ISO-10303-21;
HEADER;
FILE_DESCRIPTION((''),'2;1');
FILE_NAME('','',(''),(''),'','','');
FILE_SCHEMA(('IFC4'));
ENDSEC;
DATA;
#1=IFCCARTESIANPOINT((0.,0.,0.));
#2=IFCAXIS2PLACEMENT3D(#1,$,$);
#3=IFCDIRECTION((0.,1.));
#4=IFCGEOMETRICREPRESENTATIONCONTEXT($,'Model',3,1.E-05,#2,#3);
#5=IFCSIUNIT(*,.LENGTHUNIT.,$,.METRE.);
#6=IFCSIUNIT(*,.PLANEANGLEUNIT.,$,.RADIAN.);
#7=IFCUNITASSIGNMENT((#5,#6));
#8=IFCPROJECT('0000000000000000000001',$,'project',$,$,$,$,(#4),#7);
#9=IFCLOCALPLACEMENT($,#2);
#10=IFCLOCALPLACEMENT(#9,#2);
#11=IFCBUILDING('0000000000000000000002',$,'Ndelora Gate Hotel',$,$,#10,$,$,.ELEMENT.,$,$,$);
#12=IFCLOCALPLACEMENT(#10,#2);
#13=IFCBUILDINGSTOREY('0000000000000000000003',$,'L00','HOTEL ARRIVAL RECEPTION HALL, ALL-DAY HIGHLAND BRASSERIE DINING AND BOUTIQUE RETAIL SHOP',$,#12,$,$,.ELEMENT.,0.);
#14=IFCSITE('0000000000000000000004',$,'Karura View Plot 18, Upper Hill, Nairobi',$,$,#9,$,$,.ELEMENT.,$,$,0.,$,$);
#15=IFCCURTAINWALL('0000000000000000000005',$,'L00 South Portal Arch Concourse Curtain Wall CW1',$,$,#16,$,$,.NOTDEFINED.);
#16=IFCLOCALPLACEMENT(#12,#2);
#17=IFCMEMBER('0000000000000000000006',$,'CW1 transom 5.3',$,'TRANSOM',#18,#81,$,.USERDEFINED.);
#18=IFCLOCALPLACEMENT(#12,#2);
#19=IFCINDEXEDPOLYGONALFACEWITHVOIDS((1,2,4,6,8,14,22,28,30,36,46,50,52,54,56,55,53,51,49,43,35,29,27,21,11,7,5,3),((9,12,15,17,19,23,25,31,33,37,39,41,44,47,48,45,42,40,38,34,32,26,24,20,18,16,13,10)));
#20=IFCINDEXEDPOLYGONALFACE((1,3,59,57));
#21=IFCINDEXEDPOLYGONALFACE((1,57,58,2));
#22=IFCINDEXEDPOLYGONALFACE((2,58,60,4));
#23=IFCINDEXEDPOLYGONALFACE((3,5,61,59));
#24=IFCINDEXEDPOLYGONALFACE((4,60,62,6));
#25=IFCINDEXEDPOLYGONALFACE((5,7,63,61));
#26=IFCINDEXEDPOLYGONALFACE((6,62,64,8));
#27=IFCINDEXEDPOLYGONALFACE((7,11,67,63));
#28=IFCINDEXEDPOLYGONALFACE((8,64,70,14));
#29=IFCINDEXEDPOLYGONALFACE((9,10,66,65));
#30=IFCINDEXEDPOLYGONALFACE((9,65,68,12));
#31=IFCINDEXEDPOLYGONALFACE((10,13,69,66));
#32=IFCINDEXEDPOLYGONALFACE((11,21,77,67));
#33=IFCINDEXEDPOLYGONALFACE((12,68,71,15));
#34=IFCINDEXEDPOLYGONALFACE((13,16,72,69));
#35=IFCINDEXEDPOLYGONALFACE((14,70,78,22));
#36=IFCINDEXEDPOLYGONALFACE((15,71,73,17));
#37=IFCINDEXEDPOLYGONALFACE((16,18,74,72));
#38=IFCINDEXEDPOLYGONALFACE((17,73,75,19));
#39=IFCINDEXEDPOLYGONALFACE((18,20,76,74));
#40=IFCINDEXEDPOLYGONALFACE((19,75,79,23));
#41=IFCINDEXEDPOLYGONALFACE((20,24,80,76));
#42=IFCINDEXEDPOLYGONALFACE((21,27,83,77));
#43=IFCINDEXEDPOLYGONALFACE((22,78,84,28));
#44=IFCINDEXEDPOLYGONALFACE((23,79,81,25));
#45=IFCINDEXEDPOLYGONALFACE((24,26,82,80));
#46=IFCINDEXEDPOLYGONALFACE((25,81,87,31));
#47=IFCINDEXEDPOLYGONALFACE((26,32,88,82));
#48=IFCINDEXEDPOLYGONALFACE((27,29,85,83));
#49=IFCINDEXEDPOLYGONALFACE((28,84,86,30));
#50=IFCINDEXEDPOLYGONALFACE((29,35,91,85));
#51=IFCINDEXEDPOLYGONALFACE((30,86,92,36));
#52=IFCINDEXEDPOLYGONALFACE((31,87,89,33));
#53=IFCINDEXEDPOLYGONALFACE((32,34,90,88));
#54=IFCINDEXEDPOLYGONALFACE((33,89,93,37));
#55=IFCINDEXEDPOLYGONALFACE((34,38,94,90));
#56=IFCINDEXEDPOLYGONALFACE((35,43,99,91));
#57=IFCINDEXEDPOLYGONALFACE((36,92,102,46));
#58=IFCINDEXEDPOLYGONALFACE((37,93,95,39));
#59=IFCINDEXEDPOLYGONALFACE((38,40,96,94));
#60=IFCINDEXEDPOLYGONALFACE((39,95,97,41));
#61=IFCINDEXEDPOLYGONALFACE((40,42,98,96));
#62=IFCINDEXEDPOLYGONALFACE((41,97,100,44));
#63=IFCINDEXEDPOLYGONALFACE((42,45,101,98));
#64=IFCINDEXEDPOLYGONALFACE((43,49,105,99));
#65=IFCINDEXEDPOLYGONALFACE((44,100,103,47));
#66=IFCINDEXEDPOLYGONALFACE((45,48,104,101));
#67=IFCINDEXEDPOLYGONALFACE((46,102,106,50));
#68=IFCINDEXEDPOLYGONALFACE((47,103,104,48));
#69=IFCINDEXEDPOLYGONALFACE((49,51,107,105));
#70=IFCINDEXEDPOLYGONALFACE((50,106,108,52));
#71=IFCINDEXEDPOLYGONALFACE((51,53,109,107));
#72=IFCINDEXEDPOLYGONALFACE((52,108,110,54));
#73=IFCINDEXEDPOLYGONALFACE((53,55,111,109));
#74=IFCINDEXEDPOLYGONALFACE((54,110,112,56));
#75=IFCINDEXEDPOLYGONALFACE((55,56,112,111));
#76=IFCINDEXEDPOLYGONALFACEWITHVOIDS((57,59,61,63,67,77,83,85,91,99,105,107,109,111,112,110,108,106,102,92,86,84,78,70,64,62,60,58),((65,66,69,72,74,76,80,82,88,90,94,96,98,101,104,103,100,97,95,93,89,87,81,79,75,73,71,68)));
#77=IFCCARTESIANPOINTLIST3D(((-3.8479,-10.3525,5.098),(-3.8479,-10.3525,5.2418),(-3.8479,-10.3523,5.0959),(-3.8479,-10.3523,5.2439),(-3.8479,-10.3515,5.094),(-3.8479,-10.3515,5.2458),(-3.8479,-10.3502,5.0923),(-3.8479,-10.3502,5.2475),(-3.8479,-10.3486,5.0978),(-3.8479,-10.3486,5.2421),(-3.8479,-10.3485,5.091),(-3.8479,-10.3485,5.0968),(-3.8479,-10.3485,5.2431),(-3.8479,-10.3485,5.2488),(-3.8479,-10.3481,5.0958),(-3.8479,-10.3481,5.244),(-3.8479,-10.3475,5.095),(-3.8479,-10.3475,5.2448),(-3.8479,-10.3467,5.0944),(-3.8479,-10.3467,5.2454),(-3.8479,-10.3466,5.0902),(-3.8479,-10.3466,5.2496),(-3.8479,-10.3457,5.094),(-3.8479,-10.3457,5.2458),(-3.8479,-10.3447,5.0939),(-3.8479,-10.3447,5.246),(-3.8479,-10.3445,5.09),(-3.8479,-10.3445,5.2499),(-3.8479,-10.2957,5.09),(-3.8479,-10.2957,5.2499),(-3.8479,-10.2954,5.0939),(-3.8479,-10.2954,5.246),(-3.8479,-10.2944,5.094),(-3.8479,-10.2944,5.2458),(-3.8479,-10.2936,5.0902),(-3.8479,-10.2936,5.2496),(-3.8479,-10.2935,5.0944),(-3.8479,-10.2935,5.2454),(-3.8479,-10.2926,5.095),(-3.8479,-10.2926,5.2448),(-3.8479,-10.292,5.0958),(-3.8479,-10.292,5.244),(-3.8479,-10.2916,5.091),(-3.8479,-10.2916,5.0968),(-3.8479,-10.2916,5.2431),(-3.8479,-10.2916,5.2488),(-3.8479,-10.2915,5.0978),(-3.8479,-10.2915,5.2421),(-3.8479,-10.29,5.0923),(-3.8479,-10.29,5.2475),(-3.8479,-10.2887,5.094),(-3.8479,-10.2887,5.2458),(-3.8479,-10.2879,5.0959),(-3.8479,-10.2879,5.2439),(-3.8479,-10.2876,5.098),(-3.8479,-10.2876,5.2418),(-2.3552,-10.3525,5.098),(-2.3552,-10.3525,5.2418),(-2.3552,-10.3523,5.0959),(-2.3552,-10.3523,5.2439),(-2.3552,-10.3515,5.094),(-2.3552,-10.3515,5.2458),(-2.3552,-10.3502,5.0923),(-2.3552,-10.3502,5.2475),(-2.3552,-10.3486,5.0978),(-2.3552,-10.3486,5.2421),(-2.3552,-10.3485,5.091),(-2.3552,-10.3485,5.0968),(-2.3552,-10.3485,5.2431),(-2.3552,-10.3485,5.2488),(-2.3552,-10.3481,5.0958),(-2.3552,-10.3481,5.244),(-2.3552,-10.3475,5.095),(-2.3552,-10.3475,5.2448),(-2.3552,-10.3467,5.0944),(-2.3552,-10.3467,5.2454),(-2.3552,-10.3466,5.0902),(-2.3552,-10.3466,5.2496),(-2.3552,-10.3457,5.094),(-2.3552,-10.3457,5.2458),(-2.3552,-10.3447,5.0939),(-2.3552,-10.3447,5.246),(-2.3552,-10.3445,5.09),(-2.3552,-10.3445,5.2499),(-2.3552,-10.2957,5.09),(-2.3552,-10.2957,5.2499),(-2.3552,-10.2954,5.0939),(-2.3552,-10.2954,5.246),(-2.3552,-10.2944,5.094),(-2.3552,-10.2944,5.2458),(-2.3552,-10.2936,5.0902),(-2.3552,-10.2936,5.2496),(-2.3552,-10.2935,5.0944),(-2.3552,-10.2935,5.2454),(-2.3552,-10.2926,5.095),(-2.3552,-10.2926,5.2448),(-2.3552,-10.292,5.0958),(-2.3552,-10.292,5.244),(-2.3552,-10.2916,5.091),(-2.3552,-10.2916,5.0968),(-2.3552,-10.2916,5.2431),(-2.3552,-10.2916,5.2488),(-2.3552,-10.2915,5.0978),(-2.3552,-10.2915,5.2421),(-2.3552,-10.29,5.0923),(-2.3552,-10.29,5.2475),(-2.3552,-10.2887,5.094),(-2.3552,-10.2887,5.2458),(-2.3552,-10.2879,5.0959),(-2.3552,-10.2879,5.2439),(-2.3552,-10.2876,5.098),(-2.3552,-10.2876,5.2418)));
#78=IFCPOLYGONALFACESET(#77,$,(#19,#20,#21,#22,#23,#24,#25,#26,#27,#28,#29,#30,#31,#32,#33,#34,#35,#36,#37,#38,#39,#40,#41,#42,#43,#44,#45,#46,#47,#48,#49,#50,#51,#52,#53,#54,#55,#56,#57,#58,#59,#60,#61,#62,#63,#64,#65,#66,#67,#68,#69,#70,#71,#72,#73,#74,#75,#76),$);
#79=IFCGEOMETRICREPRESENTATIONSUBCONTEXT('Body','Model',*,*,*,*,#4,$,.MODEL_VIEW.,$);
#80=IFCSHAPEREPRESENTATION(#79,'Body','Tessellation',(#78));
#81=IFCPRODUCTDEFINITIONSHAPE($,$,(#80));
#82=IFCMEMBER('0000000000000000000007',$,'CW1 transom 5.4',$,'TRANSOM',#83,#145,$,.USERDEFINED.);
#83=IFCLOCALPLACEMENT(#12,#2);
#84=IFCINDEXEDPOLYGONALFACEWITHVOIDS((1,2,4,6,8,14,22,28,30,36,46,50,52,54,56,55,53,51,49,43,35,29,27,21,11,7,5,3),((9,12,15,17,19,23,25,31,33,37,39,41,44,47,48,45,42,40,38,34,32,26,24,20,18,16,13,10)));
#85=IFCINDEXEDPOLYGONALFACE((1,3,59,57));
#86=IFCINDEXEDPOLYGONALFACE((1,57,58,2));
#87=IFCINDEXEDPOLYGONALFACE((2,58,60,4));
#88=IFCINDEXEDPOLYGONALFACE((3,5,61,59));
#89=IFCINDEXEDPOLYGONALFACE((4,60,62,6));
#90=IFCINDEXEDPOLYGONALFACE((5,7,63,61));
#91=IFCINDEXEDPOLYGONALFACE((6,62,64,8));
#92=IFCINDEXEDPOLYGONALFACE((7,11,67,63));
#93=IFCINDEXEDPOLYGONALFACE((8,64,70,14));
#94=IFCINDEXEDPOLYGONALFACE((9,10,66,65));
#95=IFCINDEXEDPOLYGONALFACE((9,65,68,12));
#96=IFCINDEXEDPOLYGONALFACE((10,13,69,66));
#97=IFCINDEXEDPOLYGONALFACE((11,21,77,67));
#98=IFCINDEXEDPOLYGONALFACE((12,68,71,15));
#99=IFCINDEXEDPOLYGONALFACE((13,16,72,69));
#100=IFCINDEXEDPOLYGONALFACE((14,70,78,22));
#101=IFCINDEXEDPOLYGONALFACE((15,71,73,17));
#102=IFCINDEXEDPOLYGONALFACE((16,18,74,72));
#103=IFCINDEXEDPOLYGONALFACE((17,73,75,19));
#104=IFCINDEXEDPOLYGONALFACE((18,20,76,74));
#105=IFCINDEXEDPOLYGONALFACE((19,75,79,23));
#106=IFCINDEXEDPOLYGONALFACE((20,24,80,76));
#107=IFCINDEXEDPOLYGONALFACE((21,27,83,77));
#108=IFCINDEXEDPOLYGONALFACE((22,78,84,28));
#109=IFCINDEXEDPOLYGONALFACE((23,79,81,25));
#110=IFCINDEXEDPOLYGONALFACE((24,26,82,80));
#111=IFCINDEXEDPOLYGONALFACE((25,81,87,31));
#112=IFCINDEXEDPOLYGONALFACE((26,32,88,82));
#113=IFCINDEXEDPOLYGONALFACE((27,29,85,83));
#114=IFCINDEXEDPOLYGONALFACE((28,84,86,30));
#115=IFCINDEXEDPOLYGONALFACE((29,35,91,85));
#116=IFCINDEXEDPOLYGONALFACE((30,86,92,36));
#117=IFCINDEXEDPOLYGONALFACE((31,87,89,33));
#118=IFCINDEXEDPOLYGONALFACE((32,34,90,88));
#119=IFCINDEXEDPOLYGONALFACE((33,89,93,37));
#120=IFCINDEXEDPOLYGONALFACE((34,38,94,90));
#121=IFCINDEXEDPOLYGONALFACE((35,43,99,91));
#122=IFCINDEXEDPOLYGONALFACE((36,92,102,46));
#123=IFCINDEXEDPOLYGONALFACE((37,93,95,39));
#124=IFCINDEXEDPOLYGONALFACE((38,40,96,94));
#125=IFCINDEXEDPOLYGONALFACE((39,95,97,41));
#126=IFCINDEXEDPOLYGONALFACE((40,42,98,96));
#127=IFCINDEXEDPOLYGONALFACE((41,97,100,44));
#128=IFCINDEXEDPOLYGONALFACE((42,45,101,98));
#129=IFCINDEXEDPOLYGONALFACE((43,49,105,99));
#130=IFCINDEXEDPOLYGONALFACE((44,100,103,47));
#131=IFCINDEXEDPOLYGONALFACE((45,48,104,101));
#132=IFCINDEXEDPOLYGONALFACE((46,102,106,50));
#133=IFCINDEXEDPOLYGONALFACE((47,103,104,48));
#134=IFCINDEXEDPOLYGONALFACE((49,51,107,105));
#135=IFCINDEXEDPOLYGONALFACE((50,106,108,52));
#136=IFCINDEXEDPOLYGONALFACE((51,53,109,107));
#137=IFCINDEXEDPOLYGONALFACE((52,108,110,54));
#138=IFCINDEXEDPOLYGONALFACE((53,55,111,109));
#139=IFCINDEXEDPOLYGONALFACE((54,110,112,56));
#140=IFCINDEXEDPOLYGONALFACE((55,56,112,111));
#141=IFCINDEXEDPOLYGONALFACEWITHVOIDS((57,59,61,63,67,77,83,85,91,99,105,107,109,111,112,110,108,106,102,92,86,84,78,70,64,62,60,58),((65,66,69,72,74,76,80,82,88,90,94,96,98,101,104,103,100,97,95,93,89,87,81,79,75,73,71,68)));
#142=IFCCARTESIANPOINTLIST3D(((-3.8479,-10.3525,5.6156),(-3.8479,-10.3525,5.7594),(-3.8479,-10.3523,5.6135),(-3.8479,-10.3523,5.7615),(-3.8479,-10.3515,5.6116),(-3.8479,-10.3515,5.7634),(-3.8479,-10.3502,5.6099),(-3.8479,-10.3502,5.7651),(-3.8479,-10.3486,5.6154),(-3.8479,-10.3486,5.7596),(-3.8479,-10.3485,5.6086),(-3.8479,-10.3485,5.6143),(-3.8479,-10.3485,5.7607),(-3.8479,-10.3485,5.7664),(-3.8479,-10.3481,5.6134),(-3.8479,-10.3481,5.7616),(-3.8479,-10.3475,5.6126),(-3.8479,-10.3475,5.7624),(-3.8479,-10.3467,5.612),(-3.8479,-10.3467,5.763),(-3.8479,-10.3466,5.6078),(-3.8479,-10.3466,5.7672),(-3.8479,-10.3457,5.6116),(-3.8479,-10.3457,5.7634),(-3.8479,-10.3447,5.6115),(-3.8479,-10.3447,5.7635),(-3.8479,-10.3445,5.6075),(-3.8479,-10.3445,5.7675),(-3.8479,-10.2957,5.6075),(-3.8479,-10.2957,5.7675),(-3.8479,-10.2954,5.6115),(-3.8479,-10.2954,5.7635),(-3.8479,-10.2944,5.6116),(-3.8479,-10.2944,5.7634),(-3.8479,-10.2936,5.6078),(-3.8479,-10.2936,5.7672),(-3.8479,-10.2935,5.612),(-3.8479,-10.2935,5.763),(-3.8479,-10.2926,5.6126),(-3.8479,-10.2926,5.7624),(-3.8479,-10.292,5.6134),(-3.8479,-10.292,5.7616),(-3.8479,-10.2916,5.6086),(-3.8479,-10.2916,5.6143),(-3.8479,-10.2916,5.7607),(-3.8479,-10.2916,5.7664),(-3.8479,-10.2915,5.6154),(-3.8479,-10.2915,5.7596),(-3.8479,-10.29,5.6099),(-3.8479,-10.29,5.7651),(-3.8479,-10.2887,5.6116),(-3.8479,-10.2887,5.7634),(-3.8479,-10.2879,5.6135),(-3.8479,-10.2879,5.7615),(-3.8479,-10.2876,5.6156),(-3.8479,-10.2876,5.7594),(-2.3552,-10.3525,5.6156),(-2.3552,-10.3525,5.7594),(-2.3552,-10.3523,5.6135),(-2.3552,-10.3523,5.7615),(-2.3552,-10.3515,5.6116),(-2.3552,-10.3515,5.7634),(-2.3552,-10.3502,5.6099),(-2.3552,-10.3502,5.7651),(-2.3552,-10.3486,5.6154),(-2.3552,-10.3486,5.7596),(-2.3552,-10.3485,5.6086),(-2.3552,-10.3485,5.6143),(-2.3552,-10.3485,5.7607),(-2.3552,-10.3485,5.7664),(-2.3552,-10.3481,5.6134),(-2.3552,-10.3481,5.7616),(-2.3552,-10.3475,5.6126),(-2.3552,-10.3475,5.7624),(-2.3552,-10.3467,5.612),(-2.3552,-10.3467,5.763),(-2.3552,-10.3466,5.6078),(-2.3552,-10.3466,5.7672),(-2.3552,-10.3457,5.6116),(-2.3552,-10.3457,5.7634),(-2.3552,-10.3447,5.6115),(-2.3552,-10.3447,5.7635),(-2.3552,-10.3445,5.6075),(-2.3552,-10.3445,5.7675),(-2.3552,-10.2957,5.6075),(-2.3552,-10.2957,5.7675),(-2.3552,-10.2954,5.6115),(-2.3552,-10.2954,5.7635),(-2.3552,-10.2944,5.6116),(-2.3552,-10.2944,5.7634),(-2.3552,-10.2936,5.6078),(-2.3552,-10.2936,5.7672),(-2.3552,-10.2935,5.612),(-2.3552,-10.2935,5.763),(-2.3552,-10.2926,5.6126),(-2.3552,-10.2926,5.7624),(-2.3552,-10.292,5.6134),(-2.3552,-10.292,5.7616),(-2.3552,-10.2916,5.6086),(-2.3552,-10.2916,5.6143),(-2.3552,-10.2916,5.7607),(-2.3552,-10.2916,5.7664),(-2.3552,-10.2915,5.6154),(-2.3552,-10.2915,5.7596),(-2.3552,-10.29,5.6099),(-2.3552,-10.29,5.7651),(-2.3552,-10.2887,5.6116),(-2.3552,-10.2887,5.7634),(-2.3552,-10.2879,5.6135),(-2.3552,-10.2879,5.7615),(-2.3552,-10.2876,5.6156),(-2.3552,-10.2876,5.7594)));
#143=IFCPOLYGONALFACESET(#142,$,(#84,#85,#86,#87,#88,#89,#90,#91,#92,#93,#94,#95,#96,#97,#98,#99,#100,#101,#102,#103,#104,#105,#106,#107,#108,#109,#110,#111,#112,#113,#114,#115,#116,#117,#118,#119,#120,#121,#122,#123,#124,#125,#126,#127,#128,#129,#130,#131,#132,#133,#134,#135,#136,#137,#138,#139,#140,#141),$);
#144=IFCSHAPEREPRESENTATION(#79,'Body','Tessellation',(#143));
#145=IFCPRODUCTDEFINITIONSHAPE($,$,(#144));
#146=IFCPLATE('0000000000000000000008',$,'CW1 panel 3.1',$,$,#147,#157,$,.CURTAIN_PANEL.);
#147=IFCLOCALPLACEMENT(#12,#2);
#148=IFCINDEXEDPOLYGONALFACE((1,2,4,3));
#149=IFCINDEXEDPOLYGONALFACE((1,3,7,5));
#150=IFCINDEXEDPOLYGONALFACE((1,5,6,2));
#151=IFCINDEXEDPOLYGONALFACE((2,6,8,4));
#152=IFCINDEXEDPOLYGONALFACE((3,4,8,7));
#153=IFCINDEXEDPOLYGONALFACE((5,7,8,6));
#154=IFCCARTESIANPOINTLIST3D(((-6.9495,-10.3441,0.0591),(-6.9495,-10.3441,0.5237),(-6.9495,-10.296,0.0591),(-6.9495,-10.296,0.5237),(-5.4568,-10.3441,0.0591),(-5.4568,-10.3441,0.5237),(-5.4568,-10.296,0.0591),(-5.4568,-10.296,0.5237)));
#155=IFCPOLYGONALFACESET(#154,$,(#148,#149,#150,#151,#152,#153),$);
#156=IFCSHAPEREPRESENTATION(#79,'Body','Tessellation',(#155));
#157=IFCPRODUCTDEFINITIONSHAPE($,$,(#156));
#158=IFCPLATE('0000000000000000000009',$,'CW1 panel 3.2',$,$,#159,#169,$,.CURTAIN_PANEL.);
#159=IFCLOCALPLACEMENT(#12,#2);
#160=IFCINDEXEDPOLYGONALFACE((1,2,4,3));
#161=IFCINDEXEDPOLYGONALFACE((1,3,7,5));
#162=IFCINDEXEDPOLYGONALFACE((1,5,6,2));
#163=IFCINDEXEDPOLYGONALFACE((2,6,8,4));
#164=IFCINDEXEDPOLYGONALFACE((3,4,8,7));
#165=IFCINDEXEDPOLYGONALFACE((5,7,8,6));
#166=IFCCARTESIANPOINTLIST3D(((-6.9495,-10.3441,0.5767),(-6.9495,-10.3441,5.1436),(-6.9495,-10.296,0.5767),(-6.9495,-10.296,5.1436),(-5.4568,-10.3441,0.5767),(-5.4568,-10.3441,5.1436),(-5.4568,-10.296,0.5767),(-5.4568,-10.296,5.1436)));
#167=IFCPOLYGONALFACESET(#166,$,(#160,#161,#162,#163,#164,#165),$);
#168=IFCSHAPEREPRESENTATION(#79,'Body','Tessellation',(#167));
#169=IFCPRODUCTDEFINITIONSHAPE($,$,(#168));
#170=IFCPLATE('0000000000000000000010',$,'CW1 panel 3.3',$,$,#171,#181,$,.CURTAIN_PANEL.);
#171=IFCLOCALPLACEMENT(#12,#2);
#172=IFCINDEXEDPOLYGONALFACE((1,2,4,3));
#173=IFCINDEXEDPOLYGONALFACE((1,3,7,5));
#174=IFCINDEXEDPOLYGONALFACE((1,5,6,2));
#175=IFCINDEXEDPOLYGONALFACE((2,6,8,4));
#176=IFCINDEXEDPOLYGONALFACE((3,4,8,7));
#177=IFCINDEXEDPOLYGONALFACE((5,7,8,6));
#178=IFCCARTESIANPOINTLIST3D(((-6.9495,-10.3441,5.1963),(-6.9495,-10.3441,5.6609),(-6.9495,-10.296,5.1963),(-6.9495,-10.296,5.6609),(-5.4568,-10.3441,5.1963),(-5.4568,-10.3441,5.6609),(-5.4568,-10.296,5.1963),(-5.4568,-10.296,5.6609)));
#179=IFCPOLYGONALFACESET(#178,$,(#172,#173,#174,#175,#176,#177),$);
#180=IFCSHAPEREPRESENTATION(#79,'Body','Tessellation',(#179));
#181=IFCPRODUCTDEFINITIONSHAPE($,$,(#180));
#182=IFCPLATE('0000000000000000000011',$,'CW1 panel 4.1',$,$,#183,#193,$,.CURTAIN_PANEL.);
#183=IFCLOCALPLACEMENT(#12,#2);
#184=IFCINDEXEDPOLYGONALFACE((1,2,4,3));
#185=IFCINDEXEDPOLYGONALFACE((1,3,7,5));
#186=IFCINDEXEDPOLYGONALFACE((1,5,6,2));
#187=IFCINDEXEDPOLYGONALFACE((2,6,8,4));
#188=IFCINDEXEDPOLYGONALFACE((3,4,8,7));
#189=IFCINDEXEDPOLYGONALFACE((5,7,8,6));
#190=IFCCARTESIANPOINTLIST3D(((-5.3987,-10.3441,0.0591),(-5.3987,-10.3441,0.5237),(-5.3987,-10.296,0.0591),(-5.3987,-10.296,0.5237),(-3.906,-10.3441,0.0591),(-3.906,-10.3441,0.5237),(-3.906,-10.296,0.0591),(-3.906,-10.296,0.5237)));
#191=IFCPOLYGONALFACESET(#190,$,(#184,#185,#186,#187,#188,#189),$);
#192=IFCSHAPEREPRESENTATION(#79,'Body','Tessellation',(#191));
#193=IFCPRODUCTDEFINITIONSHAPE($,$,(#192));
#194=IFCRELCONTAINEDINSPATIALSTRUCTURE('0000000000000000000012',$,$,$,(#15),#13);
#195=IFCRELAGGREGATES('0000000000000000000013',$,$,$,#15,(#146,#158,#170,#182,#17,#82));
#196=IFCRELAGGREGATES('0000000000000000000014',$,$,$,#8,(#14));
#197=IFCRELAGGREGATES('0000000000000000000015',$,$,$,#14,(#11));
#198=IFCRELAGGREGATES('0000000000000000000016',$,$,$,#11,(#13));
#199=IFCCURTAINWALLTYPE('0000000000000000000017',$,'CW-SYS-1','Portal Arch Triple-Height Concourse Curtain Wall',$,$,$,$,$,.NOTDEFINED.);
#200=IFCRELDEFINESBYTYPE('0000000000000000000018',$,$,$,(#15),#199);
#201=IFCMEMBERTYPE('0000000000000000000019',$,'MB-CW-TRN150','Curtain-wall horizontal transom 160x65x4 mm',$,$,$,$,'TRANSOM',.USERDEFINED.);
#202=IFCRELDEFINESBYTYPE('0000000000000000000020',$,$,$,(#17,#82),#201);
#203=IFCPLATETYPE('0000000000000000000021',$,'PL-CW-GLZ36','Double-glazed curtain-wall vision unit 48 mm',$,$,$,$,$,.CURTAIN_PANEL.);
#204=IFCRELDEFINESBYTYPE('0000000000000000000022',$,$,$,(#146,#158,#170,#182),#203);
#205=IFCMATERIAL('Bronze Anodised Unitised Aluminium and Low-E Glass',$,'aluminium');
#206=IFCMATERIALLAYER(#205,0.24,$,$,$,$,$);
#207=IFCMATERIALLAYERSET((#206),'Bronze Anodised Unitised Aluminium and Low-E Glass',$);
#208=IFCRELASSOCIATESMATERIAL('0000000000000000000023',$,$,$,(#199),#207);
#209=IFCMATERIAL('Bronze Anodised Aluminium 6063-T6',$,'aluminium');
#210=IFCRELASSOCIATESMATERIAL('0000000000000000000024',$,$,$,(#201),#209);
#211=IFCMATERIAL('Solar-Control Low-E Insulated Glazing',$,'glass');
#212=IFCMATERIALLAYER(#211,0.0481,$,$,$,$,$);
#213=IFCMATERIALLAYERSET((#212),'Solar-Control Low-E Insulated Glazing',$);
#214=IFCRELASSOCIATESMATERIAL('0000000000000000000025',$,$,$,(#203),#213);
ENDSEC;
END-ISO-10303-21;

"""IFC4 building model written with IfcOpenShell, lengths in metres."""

from ifc_helpers import new_model, si_unit, direction, frame, origin, origin_2d, place, context, subcontext, project, spatial, rectangle, hollow_rectangle, extrude, material, layer, layer_set, material_profile, profile_set, type_object, element, aggregate, save


model = new_model("IFC4")

# Units and contexts
model_context = context("Model", 3, precision=1e-05, world=origin(), true_north=direction((0.0, 1.0)))
body_context = subcontext(model_context, "Body", "Model", "MODEL_VIEW")
ifc_project = project(units=[si_unit("LENGTHUNIT", "METRE"), si_unit("PLANEANGLEUNIT", "RADIAN")], contexts=[model_context])

# Site, building, storey
site_placement = place(None, origin())
site = spatial("IfcSite", under=ifc_project, at=site_placement, Name="Karura View Plot 18, Upper Hill, Nairobi", CompositionType="ELEMENT", RefElevation=0.0)
building_placement = place(site_placement, origin())
building = spatial("IfcBuilding", under=site, at=building_placement, Name="Ndelora Gate Hotel", CompositionType="ELEMENT")
storey_placement = place(building_placement, origin())
storey = spatial("IfcBuildingStorey", under=building, at=storey_placement, Name="L00", Description="HOTEL ARRIVAL RECEPTION HALL, ALL-DAY HIGHLAND BRASSERIE DINING AND BOUTIQUE RETAIL SHOP", CompositionType="ELEMENT", Elevation=0.0)

# Curtain wall, members, plates
ifc_material_1 = material(Name="Bronze Anodised Unitised Aluminium and Low-E Glass", Category="aluminium")
ifc_layer_1 = layer(ifc_material_1, 0.24)
ifc_layer_set_1 = layer_set([ifc_layer_1], Name="Bronze Anodised Unitised Aluminium and Low-E Glass")
curtain_wall_type = type_object("IfcCurtainWallType", Name="CW-SYS-1", Description="Portal Arch Triple-Height Concourse Curtain Wall", PredefinedType="NOTDEFINED", material=ifc_layer_set_1)
curtain_wall_placement = place(storey_placement, origin())
curtain_wall = element("IfcCurtainWall", 1, at=curtain_wall_placement, inside=storey, type_object=curtain_wall_type, Name="L00 South Portal Arch Concourse Curtain Wall CW1", PredefinedType="NOTDEFINED")
ifc_material_2 = material(Name="Bronze Anodised Aluminium 6063-T6", Category="aluminium")
ifc_material_profile_1 = material_profile(ifc_material_2, hollow_rectangle(XDim=0.0649, YDim=0.1599, WallThickness=0.0039, InnerFilletRadius=0.0039, OuterFilletRadius=0.0081, at=origin_2d()), Name="ALU 160x65x4")
ifc_profile_set_1 = profile_set([ifc_material_profile_1], Name="Bronze Anodised Aluminium 6063-T6")
member_type_1 = type_object("IfcMemberType", Name="MB-CW-TRN150", Description="Curtain-wall horizontal transom 160x65x4 mm", ElementType="TRANSOM", PredefinedType="USERDEFINED", material=ifc_profile_set_1)
member_1_placement = place(storey_placement, frame((-3.8479, -10.3201, 5.1699), z_axis=(1.0, 0.0, 0.0), x_axis=(0.0, 1.0, 0.0)))
member_1 = element("IfcMember", 2, at=member_1_placement, type_object=member_type_1, Name="CW1 transom 5.3", ObjectType="TRANSOM", PredefinedType="USERDEFINED", context=body_context, shape_type="SweptSolid", body=[
    extrude(hollow_rectangle(XDim=0.0649, YDim=0.1599, WallThickness=0.0039, InnerFilletRadius=0.0039, OuterFilletRadius=0.0081, at=origin_2d()), origin(), (0.0, 0.0, 1.0), 1.4927),
])
member_2_placement = place(storey_placement, frame((-3.8479, -10.3201, 5.6875), z_axis=(1.0, 0.0, 0.0), x_axis=(0.0, 1.0, 0.0)))
member_2 = element("IfcMember", 3, at=member_2_placement, type_object=member_type_1, Name="CW1 transom 5.4", ObjectType="TRANSOM", PredefinedType="USERDEFINED", context=body_context, shape_type="SweptSolid", body=[
    extrude(hollow_rectangle(XDim=0.0649, YDim=0.1599, WallThickness=0.0039, InnerFilletRadius=0.0039, OuterFilletRadius=0.0081, at=origin_2d()), origin(), (0.0, 0.0, 1.0), 1.4927),
])
ifc_material_3 = material(Name="Solar-Control Low-E Insulated Glazing", Category="glass")
ifc_layer_2 = layer(ifc_material_3, 0.0481)
ifc_layer_set_2 = layer_set([ifc_layer_2], Name="Solar-Control Low-E Insulated Glazing")
plate_type = type_object("IfcPlateType", Name="PL-CW-GLZ36", Description="Double-glazed curtain-wall vision unit 48 mm", PredefinedType="CURTAIN_PANEL", material=ifc_layer_set_2)
plate_1_placement = place(storey_placement, frame((-6.2031, -10.3201, 0.0591), z_axis=(0.0, 0.0, 1.0), x_axis=(1.0, 0.0, 0.0)))
plate_1 = element("IfcPlate", 4, at=plate_1_placement, type_object=plate_type, Name="CW1 panel 3.1", PredefinedType="CURTAIN_PANEL", context=body_context, shape_type="SweptSolid", body=[
    extrude(rectangle(XDim=1.4927, YDim=0.0481, at=origin_2d()), origin(), (0.0, 0.0, 1.0), 0.4646),
])
plate_2_placement = place(storey_placement, frame((-6.2031, -10.3201, 0.5767), z_axis=(0.0, 0.0, 1.0), x_axis=(1.0, 0.0, 0.0)))
plate_2 = element("IfcPlate", 5, at=plate_2_placement, type_object=plate_type, Name="CW1 panel 3.2", PredefinedType="CURTAIN_PANEL", context=body_context, shape_type="SweptSolid", body=[
    extrude(rectangle(XDim=1.4927, YDim=0.0481, at=origin_2d()), origin(), (0.0, 0.0, 1.0), 4.5669),
])
plate_3_placement = place(storey_placement, frame((-6.2031, -10.3201, 5.1963), z_axis=(0.0, 0.0, 1.0), x_axis=(1.0, 0.0, 0.0)))
plate_3 = element("IfcPlate", 6, at=plate_3_placement, type_object=plate_type, Name="CW1 panel 3.3", PredefinedType="CURTAIN_PANEL", context=body_context, shape_type="SweptSolid", body=[
    extrude(rectangle(XDim=1.4927, YDim=0.0481, at=origin_2d()), origin(), (0.0, 0.0, 1.0), 0.4646),
])
plate_4_placement = place(storey_placement, frame((-4.6523, -10.3201, 0.0591), z_axis=(0.0, 0.0, 1.0), x_axis=(1.0, 0.0, 0.0)))
plate_4 = element("IfcPlate", 7, at=plate_4_placement, type_object=plate_type, Name="CW1 panel 4.1", PredefinedType="CURTAIN_PANEL", context=body_context, shape_type="SweptSolid", body=[
    extrude(rectangle(XDim=1.4927, YDim=0.0481, at=origin_2d()), origin(), (0.0, 0.0, 1.0), 0.4646),
])
aggregate(curtain_wall, [plate_1, plate_2, plate_3, plate_4, member_1, member_2])

save(model, "model.ifc")
